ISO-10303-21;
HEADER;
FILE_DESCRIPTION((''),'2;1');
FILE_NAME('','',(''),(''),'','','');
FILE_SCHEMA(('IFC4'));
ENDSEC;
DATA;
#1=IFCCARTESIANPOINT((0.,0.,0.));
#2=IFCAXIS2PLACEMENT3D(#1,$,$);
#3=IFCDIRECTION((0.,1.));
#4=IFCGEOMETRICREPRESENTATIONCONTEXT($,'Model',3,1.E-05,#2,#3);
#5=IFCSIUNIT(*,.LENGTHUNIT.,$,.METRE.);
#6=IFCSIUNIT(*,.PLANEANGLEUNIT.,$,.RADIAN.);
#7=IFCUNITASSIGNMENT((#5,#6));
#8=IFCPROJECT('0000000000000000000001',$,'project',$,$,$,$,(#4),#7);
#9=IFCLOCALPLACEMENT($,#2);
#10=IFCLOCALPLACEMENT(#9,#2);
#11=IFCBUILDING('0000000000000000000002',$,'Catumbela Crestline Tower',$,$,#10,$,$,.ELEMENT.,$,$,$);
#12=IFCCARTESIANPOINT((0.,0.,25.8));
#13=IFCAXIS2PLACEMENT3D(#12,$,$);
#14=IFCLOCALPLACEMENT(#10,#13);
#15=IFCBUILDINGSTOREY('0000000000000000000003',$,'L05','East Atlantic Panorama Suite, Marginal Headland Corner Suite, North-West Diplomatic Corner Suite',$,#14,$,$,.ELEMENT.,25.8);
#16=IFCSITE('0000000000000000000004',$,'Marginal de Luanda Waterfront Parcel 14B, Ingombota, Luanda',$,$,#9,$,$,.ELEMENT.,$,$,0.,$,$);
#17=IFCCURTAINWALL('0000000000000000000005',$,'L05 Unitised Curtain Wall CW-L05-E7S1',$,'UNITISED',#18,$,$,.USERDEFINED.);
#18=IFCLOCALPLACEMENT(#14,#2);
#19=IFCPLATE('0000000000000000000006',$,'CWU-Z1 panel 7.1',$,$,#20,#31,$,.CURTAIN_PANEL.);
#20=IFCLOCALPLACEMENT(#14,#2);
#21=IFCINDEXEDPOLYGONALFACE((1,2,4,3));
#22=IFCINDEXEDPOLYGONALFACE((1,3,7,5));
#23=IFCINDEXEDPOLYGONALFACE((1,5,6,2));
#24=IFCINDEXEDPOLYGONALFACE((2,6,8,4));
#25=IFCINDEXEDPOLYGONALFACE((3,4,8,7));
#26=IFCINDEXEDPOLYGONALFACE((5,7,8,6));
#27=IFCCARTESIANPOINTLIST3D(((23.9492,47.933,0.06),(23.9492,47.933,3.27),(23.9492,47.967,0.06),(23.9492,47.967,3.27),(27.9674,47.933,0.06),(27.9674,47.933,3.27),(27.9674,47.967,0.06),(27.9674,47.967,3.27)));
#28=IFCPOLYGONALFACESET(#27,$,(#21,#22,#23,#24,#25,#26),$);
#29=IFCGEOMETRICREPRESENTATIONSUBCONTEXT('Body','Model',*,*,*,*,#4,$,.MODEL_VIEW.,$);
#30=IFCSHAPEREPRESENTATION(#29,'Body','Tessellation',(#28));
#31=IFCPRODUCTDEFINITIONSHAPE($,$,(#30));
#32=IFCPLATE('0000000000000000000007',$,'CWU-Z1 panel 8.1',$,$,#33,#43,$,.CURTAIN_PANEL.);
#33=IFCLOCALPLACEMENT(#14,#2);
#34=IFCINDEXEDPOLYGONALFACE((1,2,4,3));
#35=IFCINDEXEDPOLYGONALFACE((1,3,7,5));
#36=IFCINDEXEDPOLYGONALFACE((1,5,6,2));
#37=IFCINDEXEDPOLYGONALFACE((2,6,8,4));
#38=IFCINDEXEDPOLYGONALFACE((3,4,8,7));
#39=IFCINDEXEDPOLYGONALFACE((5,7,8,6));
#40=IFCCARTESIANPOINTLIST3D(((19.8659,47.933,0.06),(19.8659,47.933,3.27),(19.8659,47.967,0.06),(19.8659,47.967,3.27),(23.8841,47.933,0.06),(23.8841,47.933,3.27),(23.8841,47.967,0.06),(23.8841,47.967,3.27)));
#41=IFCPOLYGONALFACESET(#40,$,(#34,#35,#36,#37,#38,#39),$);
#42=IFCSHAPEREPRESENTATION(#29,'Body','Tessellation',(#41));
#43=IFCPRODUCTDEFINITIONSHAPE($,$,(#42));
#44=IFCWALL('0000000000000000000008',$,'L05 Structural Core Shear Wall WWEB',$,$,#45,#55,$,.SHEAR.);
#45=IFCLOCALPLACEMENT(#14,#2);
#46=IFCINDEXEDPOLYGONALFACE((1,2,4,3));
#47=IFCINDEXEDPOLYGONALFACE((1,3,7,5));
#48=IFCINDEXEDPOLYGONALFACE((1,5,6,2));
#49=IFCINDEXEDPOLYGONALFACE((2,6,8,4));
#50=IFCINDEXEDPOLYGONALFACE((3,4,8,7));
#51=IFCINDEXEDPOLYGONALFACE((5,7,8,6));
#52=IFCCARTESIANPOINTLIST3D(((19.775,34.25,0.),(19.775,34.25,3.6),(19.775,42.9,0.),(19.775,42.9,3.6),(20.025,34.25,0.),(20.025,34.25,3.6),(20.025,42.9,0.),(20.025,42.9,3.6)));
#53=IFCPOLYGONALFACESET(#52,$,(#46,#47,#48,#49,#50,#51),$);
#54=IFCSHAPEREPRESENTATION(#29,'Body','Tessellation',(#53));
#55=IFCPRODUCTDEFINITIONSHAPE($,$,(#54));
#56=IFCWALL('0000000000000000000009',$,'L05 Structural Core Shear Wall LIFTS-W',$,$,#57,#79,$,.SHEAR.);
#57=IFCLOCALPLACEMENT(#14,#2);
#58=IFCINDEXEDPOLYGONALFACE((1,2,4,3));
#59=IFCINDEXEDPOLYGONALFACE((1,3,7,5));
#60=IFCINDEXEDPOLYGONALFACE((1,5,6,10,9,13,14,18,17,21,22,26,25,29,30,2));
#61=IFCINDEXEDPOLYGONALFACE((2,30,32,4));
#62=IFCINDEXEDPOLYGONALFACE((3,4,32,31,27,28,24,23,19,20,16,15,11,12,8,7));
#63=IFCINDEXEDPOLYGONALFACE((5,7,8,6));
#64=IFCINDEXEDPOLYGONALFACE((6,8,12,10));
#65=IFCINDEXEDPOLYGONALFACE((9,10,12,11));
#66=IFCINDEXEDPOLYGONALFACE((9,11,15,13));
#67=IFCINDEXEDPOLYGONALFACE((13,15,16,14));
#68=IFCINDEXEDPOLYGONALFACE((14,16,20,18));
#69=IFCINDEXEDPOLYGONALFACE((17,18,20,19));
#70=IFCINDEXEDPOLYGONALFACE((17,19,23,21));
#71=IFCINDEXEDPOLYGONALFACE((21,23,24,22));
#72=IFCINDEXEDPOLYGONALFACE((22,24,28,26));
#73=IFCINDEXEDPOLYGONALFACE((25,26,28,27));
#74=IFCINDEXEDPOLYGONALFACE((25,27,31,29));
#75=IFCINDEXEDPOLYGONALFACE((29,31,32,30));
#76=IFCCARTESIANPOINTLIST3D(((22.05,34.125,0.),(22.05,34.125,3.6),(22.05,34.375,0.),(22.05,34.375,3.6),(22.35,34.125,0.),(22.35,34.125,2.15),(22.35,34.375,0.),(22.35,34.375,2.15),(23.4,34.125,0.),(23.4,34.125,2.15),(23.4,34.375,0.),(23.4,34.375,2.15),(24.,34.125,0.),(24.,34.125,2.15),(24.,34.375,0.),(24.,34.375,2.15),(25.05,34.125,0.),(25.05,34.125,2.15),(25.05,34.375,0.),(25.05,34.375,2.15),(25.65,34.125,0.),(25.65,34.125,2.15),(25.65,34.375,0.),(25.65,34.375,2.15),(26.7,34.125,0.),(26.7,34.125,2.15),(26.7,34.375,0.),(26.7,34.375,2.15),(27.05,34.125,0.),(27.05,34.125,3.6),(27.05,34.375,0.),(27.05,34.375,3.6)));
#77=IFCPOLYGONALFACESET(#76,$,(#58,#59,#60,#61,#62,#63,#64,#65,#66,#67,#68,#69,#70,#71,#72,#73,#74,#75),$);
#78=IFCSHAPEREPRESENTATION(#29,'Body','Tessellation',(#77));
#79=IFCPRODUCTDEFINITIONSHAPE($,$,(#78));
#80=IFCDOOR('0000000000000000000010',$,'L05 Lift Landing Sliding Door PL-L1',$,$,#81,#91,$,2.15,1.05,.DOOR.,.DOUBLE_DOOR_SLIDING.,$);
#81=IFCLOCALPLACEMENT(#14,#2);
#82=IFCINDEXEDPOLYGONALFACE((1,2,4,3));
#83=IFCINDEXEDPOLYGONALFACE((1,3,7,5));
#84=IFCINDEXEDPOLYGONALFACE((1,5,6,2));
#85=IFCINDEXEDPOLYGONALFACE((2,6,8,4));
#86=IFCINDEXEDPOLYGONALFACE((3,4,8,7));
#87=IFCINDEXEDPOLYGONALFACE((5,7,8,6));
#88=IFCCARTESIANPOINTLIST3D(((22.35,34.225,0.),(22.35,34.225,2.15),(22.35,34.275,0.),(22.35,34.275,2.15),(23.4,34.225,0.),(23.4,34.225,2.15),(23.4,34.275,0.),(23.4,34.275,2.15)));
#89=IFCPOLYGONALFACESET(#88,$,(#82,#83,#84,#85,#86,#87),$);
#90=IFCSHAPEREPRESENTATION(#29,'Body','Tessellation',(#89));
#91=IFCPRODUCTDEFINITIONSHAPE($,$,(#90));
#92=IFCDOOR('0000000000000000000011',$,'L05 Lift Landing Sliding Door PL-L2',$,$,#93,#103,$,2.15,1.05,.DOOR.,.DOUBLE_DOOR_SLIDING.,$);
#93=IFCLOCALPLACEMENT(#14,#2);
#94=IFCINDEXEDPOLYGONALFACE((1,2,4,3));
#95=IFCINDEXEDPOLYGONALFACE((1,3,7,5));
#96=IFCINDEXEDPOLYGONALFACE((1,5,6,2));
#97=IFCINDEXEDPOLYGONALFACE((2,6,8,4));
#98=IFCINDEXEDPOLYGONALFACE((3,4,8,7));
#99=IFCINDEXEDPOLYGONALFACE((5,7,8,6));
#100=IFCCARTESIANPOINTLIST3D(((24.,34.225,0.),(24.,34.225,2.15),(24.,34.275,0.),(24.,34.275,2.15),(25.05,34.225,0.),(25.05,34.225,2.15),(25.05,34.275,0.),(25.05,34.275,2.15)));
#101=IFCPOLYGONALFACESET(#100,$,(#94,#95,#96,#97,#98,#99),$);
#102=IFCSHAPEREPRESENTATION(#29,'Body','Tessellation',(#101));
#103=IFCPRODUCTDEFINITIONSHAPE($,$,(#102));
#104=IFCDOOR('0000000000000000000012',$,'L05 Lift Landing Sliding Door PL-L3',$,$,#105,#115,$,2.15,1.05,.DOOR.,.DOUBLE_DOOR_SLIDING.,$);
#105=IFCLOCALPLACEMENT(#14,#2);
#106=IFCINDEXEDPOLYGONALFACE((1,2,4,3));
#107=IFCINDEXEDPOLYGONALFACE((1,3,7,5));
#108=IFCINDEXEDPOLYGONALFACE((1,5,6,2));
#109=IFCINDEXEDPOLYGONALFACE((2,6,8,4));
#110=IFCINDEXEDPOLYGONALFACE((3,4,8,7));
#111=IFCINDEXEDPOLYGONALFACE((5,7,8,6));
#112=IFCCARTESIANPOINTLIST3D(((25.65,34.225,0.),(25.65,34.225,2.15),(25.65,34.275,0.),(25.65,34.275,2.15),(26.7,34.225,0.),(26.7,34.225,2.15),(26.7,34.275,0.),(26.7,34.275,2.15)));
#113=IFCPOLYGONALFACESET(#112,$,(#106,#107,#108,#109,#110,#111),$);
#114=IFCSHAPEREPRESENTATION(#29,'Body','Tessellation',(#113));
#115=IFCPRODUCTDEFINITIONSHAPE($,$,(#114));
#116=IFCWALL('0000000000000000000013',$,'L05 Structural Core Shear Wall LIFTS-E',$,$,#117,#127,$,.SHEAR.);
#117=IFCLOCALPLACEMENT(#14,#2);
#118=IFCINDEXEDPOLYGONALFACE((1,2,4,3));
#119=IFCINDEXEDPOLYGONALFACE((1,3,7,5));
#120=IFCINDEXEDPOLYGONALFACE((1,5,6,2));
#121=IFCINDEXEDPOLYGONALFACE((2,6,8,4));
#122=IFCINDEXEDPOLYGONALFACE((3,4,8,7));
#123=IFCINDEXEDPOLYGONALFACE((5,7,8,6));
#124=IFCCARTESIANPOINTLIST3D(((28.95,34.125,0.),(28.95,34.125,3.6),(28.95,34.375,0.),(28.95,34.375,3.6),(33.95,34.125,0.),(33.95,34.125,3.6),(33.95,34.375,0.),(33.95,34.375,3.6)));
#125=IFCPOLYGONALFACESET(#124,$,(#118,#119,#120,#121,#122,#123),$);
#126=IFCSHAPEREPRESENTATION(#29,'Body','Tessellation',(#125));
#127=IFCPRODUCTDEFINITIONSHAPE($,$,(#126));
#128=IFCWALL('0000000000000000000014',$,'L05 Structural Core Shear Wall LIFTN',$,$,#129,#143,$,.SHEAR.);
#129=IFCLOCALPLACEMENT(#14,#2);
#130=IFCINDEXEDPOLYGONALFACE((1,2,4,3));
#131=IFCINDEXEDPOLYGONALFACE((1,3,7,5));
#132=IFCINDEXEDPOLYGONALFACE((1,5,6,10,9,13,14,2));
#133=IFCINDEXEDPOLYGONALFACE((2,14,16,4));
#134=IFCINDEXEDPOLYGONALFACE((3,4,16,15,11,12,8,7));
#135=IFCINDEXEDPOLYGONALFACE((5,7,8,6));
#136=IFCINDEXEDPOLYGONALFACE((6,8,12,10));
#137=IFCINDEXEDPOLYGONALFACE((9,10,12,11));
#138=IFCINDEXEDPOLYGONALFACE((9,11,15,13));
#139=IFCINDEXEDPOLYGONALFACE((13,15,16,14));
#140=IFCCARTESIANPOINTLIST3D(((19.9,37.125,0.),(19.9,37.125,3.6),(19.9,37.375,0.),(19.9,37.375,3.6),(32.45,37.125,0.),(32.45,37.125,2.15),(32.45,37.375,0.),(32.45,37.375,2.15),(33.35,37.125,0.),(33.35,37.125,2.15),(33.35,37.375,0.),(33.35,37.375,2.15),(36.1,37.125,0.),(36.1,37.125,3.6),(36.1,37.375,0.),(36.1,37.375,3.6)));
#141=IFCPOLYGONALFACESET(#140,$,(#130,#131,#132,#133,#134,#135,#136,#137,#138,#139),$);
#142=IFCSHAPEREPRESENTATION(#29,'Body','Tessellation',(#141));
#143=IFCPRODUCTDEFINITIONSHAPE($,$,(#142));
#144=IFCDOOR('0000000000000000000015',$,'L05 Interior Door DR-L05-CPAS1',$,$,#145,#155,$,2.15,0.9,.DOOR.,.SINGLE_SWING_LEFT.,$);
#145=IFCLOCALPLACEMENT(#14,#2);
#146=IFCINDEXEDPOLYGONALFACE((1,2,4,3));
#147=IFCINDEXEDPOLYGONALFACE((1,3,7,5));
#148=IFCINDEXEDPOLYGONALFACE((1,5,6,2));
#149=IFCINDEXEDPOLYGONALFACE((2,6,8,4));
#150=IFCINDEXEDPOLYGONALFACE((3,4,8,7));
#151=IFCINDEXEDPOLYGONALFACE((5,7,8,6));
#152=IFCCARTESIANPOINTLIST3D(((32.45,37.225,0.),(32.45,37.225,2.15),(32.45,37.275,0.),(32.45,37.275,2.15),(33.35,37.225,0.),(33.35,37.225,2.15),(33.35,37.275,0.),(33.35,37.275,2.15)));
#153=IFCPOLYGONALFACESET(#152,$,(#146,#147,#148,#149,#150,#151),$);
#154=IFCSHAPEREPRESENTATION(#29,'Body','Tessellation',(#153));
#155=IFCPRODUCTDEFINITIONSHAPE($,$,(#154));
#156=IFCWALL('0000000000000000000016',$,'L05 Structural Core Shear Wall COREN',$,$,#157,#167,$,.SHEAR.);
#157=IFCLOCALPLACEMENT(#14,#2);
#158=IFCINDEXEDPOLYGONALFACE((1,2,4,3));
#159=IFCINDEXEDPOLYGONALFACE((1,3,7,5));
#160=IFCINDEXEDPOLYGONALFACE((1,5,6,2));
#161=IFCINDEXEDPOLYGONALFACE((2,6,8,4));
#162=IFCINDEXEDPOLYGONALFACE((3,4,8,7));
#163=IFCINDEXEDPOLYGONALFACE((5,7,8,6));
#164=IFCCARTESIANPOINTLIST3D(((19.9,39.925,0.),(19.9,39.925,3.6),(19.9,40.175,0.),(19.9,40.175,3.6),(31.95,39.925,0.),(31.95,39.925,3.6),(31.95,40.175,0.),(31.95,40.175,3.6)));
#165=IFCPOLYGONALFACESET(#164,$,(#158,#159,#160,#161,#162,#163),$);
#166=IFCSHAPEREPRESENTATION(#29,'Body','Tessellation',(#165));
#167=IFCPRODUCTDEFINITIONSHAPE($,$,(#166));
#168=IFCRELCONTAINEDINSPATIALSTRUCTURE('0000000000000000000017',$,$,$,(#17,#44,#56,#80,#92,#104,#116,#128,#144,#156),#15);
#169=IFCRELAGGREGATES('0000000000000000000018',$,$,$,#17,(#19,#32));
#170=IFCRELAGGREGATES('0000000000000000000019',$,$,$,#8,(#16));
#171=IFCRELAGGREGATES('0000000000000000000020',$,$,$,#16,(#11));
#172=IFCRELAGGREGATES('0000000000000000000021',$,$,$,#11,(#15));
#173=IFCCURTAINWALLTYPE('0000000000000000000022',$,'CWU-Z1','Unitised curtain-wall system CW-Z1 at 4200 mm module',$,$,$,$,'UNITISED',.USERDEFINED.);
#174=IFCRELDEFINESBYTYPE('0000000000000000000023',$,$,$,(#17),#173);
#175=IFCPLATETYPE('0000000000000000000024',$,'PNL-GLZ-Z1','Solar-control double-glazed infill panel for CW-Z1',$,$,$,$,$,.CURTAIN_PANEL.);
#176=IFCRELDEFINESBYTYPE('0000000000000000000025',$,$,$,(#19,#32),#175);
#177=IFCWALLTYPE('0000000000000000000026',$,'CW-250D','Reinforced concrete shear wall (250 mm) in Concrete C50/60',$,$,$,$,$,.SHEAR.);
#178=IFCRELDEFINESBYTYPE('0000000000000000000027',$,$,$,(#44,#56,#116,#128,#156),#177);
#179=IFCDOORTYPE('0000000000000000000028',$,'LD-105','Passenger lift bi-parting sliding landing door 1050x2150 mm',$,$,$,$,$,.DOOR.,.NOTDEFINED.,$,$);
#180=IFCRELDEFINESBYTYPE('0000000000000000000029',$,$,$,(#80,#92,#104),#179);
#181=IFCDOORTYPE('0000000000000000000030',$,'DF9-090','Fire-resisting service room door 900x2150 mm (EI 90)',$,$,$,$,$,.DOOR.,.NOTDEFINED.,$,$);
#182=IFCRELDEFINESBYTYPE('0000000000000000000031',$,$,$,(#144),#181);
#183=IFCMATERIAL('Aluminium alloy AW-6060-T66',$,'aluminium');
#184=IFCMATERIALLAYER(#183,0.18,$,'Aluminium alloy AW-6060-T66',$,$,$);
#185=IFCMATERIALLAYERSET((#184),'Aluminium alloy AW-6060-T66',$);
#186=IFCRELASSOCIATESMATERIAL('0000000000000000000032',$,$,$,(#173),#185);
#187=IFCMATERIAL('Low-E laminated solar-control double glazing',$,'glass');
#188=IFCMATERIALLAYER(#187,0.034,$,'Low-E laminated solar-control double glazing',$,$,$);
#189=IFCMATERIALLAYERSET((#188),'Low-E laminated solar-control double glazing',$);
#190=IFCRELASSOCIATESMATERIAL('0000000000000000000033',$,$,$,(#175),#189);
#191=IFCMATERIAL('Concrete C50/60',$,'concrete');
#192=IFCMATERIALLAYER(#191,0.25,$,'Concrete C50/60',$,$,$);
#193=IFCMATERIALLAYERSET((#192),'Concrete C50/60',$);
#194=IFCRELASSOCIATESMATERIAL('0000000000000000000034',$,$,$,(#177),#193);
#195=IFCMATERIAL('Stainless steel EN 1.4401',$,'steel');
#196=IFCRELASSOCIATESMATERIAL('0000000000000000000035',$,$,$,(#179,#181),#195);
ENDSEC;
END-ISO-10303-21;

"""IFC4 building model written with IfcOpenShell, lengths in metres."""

from ifc_helpers import new_model, si_unit, direction, frame, frame_2d, origin, origin_2d, place, context, subcontext, project, spatial, rectangle, extrude, material, layer, layer_set, type_object, element, fill, aggregate, save


model = new_model("IFC4")

# Units and contexts
model_context = context("Model", 3, precision=1e-05, world=origin(), true_north=direction((0.0, 1.0)))
body_context = subcontext(model_context, "Body", "Model", "MODEL_VIEW")
ifc_project = project(units=[si_unit("LENGTHUNIT", "METRE"), si_unit("PLANEANGLEUNIT", "RADIAN")], contexts=[model_context])

# Site, building, storey
site_placement = place(None, origin())
site = spatial("IfcSite", under=ifc_project, at=site_placement, Name="Marginal de Luanda Waterfront Parcel 14B, Ingombota, Luanda", CompositionType="ELEMENT", RefElevation=0.0)
building_placement = place(site_placement, origin())
building = spatial("IfcBuilding", under=site, at=building_placement, Name="Catumbela Crestline Tower", CompositionType="ELEMENT")
storey_placement = place(building_placement, frame((0.0, 0.0, 25.8)))
storey = spatial("IfcBuildingStorey", under=building, at=storey_placement, Name="L05", Description="East Atlantic Panorama Suite, Marginal Headland Corner Suite, North-West Diplomatic Corner Suite", CompositionType="ELEMENT", Elevation=25.8)

# Curtain wall, plates
ifc_material_1 = material(Name="Aluminium alloy AW-6060-T66", Category="aluminium")
ifc_layer_1 = layer(ifc_material_1, 0.18, Name="Aluminium alloy AW-6060-T66")
ifc_layer_set_1 = layer_set([ifc_layer_1], Name="Aluminium alloy AW-6060-T66")
curtain_wall_type = type_object("IfcCurtainWallType", Name="CWU-Z1", Description="Unitised curtain-wall system CW-Z1 at 4200 mm module", ElementType="UNITISED", PredefinedType="USERDEFINED", material=ifc_layer_set_1)
curtain_wall_placement = place(storey_placement, origin())
curtain_wall = element("IfcCurtainWall", 1, at=curtain_wall_placement, inside=storey, type_object=curtain_wall_type, Name="L05 Unitised Curtain Wall CW-L05-E7S1", ObjectType="UNITISED", PredefinedType="USERDEFINED")
ifc_material_2 = material(Name="Low-E laminated solar-control double glazing", Category="glass")
ifc_layer_2 = layer(ifc_material_2, 0.034, Name="Low-E laminated solar-control double glazing")
ifc_layer_set_2 = layer_set([ifc_layer_2], Name="Low-E laminated solar-control double glazing")
plate_type = type_object("IfcPlateType", Name="PNL-GLZ-Z1", Description="Solar-control double-glazed infill panel for CW-Z1", PredefinedType="CURTAIN_PANEL", material=ifc_layer_set_2)
plate_1_placement = place(storey_placement, frame((25.9583, 47.95, 0.06), z_axis=(0.0, 0.0, 1.0), x_axis=(-1.0, 0.0, 0.0)))
plate_1 = element("IfcPlate", 2, at=plate_1_placement, type_object=plate_type, Name="CWU-Z1 panel 7.1", PredefinedType="CURTAIN_PANEL", context=body_context, shape_type="SweptSolid", body=[
    extrude(rectangle(XDim=4.0183, YDim=0.034, at=origin_2d()), origin(), (0.0, 0.0, 1.0), 3.21),
])
plate_2_placement = place(storey_placement, frame((21.875, 47.95, 0.06), z_axis=(0.0, 0.0, 1.0), x_axis=(-1.0, 0.0, 0.0)))
plate_2 = element("IfcPlate", 3, at=plate_2_placement, type_object=plate_type, Name="CWU-Z1 panel 8.1", PredefinedType="CURTAIN_PANEL", context=body_context, shape_type="SweptSolid", body=[
    extrude(rectangle(XDim=4.0183, YDim=0.034, at=origin_2d()), origin(), (0.0, 0.0, 1.0), 3.21),
])
aggregate(curtain_wall, [plate_1, plate_2])

# Wall
ifc_material_3 = material(Name="Concrete C50/60", Category="concrete")
ifc_layer_3 = layer(ifc_material_3, 0.25, Name="Concrete C50/60")
ifc_layer_set_3 = layer_set([ifc_layer_3], Name="Concrete C50/60")
wall_type_1 = type_object("IfcWallType", Name="CW-250D", Description="Reinforced concrete shear wall (250 mm) in Concrete C50/60", PredefinedType="SHEAR", material=ifc_layer_set_3)
wall_1_placement = place(storey_placement, frame((19.9, 34.25, 0.0), z_axis=(0.0, 0.0, 1.0), x_axis=(0.0, 1.0, 0.0)))
element("IfcWall", 4, at=wall_1_placement, inside=storey, type_object=wall_type_1, Name="L05 Structural Core Shear Wall WWEB", PredefinedType="SHEAR", context=body_context, shape_type="SweptSolid", body=[
    extrude(rectangle(XDim=8.65, YDim=0.25, at=frame_2d((4.325, 0.0))), origin(), (0.0, 0.0, 1.0), 3.6),
])

# Wall, openings, doors
wall_2_placement = place(storey_placement, frame((22.05, 34.25, 0.0), z_axis=(0.0, 0.0, 1.0), x_axis=(1.0, 0.0, 0.0)))
wall_2 = element("IfcWall", 5, at=wall_2_placement, inside=storey, type_object=wall_type_1, Name="L05 Structural Core Shear Wall LIFTS-W", PredefinedType="SHEAR", context=body_context, shape_type="SweptSolid", body=[
    extrude(rectangle(XDim=5.0, YDim=0.25, at=frame_2d((2.5, 0.0))), origin(), (0.0, 0.0, 1.0), 3.6),
])
opening_1_placement = place(wall_2_placement, frame((0.3, 0.0, 0.0)))
opening_1 = element("IfcOpeningElement", 6, at=opening_1_placement, cuts=wall_2, PredefinedType="OPENING", context=body_context, shape_type="SweptSolid", body=[
    extrude(rectangle(XDim=1.05, YDim=2.15, at=frame_2d((0.525, 1.075))), frame((0.0, 0.135, 0.0), z_axis=(0.0, -1.0, 0.0), x_axis=(1.0, 0.0, 0.0)), (0.0, 0.0, 1.0), 0.27),
])
opening_2_placement = place(wall_2_placement, frame((1.95, 0.0, 0.0)))
opening_2 = element("IfcOpeningElement", 7, at=opening_2_placement, cuts=wall_2, PredefinedType="OPENING", context=body_context, shape_type="SweptSolid", body=[
    extrude(rectangle(XDim=1.05, YDim=2.15, at=frame_2d((0.525, 1.075))), frame((0.0, 0.135, 0.0), z_axis=(0.0, -1.0, 0.0), x_axis=(1.0, 0.0, 0.0)), (0.0, 0.0, 1.0), 0.27),
])
opening_3_placement = place(wall_2_placement, frame((3.6, 0.0, 0.0)))
opening_3 = element("IfcOpeningElement", 8, at=opening_3_placement, cuts=wall_2, PredefinedType="OPENING", context=body_context, shape_type="SweptSolid", body=[
    extrude(rectangle(XDim=1.05, YDim=2.15, at=frame_2d((0.525, 1.075))), frame((0.0, 0.135, 0.0), z_axis=(0.0, -1.0, 0.0), x_axis=(1.0, 0.0, 0.0)), (0.0, 0.0, 1.0), 0.27),
])
ifc_material_4 = material(Name="Stainless steel EN 1.4401", Category="steel")
door_type_1 = type_object("IfcDoorType", Name="LD-105", Description="Passenger lift bi-parting sliding landing door 1050x2150 mm", OperationType="NOTDEFINED", PredefinedType="DOOR", material=ifc_material_4)
door_1_placement = place(opening_1_placement, origin())
door_1 = element("IfcDoor", 9, at=door_1_placement, inside=storey, type_object=door_type_1, Name="L05 Lift Landing Sliding Door PL-L1", OperationType="DOUBLE_DOOR_SLIDING", OverallHeight=2.15, OverallWidth=1.05, PredefinedType="DOOR", context=body_context, shape_type="SweptSolid", body=[
    extrude(rectangle(XDim=1.05, YDim=2.15, at=frame_2d((0.525, 1.075))), frame((0.0, 0.025, 0.0), z_axis=(0.0, -1.0, 0.0), x_axis=(1.0, 0.0, 0.0)), (0.0, 0.0, 1.0), 0.05),
])
fill(opening_1, door_1)
door_2_placement = place(opening_2_placement, origin())
door_2 = element("IfcDoor", 10, at=door_2_placement, inside=storey, type_object=door_type_1, Name="L05 Lift Landing Sliding Door PL-L2", OperationType="DOUBLE_DOOR_SLIDING", OverallHeight=2.15, OverallWidth=1.05, PredefinedType="DOOR", context=body_context, shape_type="SweptSolid", body=[
    extrude(rectangle(XDim=1.05, YDim=2.15, at=frame_2d((0.525, 1.075))), frame((0.0, 0.025, 0.0), z_axis=(0.0, -1.0, 0.0), x_axis=(1.0, 0.0, 0.0)), (0.0, 0.0, 1.0), 0.05),
])
fill(opening_2, door_2)
door_3_placement = place(opening_3_placement, origin())
door_3 = element("IfcDoor", 11, at=door_3_placement, inside=storey, type_object=door_type_1, Name="L05 Lift Landing Sliding Door PL-L3", OperationType="DOUBLE_DOOR_SLIDING", OverallHeight=2.15, OverallWidth=1.05, PredefinedType="DOOR", context=body_context, shape_type="SweptSolid", body=[
    extrude(rectangle(XDim=1.05, YDim=2.15, at=frame_2d((0.525, 1.075))), frame((0.0, 0.025, 0.0), z_axis=(0.0, -1.0, 0.0), x_axis=(1.0, 0.0, 0.0)), (0.0, 0.0, 1.0), 0.05),
])
fill(opening_3, door_3)

# Wall
wall_3_placement = place(storey_placement, frame((28.95, 34.25, 0.0), z_axis=(0.0, 0.0, 1.0), x_axis=(1.0, 0.0, 0.0)))
element("IfcWall", 12, at=wall_3_placement, inside=storey, type_object=wall_type_1, Name="L05 Structural Core Shear Wall LIFTS-E", PredefinedType="SHEAR", context=body_context, shape_type="SweptSolid", body=[
    extrude(rectangle(XDim=5.0, YDim=0.25, at=frame_2d((2.5, 0.0))), origin(), (0.0, 0.0, 1.0), 3.6),
])

# Wall, opening, door
wall_4_placement = place(storey_placement, frame((19.9, 37.25, 0.0), z_axis=(0.0, 0.0, 1.0), x_axis=(1.0, 0.0, 0.0)))
wall_4 = element("IfcWall", 13, at=wall_4_placement, inside=storey, type_object=wall_type_1, Name="L05 Structural Core Shear Wall LIFTN", PredefinedType="SHEAR", context=body_context, shape_type="SweptSolid", body=[
    extrude(rectangle(XDim=16.2, YDim=0.25, at=frame_2d((8.1, 0.0))), origin(), (0.0, 0.0, 1.0), 3.6),
])
opening_4_placement = place(wall_4_placement, frame((12.55, 0.0, 0.0)))
opening_4 = element("IfcOpeningElement", 14, at=opening_4_placement, cuts=wall_4, PredefinedType="OPENING", context=body_context, shape_type="SweptSolid", body=[
    extrude(rectangle(XDim=0.9, YDim=2.15, at=frame_2d((0.45, 1.075))), frame((0.0, 0.135, 0.0), z_axis=(0.0, -1.0, 0.0), x_axis=(1.0, 0.0, 0.0)), (0.0, 0.0, 1.0), 0.27),
])
door_type_2 = type_object("IfcDoorType", Name="DF9-090", Description="Fire-resisting service room door 900x2150 mm (EI 90)", OperationType="NOTDEFINED", PredefinedType="DOOR", material=ifc_material_4)
door_4_placement = place(opening_4_placement, origin())
door_4 = element("IfcDoor", 15, at=door_4_placement, inside=storey, type_object=door_type_2, Name="L05 Interior Door DR-L05-CPAS1", OperationType="SINGLE_SWING_LEFT", OverallHeight=2.15, OverallWidth=0.9, PredefinedType="DOOR", context=body_context, shape_type="SweptSolid", body=[
    extrude(rectangle(XDim=0.9, YDim=2.15, at=frame_2d((0.45, 1.075))), frame((0.0, 0.025, 0.0), z_axis=(0.0, -1.0, 0.0), x_axis=(1.0, 0.0, 0.0)), (0.0, 0.0, 1.0), 0.05),
])
fill(opening_4, door_4)

# Wall
wall_5_placement = place(storey_placement, frame((19.9, 40.05, 0.0), z_axis=(0.0, 0.0, 1.0), x_axis=(1.0, 0.0, 0.0)))
element("IfcWall", 16, at=wall_5_placement, inside=storey, type_object=wall_type_1, Name="L05 Structural Core Shear Wall COREN", PredefinedType="SHEAR", context=body_context, shape_type="SweptSolid", body=[
    extrude(rectangle(XDim=12.05, YDim=0.25, at=frame_2d((6.025, 0.0))), origin(), (0.0, 0.0, 1.0), 3.6),
])

save(model, "model.ifc")
